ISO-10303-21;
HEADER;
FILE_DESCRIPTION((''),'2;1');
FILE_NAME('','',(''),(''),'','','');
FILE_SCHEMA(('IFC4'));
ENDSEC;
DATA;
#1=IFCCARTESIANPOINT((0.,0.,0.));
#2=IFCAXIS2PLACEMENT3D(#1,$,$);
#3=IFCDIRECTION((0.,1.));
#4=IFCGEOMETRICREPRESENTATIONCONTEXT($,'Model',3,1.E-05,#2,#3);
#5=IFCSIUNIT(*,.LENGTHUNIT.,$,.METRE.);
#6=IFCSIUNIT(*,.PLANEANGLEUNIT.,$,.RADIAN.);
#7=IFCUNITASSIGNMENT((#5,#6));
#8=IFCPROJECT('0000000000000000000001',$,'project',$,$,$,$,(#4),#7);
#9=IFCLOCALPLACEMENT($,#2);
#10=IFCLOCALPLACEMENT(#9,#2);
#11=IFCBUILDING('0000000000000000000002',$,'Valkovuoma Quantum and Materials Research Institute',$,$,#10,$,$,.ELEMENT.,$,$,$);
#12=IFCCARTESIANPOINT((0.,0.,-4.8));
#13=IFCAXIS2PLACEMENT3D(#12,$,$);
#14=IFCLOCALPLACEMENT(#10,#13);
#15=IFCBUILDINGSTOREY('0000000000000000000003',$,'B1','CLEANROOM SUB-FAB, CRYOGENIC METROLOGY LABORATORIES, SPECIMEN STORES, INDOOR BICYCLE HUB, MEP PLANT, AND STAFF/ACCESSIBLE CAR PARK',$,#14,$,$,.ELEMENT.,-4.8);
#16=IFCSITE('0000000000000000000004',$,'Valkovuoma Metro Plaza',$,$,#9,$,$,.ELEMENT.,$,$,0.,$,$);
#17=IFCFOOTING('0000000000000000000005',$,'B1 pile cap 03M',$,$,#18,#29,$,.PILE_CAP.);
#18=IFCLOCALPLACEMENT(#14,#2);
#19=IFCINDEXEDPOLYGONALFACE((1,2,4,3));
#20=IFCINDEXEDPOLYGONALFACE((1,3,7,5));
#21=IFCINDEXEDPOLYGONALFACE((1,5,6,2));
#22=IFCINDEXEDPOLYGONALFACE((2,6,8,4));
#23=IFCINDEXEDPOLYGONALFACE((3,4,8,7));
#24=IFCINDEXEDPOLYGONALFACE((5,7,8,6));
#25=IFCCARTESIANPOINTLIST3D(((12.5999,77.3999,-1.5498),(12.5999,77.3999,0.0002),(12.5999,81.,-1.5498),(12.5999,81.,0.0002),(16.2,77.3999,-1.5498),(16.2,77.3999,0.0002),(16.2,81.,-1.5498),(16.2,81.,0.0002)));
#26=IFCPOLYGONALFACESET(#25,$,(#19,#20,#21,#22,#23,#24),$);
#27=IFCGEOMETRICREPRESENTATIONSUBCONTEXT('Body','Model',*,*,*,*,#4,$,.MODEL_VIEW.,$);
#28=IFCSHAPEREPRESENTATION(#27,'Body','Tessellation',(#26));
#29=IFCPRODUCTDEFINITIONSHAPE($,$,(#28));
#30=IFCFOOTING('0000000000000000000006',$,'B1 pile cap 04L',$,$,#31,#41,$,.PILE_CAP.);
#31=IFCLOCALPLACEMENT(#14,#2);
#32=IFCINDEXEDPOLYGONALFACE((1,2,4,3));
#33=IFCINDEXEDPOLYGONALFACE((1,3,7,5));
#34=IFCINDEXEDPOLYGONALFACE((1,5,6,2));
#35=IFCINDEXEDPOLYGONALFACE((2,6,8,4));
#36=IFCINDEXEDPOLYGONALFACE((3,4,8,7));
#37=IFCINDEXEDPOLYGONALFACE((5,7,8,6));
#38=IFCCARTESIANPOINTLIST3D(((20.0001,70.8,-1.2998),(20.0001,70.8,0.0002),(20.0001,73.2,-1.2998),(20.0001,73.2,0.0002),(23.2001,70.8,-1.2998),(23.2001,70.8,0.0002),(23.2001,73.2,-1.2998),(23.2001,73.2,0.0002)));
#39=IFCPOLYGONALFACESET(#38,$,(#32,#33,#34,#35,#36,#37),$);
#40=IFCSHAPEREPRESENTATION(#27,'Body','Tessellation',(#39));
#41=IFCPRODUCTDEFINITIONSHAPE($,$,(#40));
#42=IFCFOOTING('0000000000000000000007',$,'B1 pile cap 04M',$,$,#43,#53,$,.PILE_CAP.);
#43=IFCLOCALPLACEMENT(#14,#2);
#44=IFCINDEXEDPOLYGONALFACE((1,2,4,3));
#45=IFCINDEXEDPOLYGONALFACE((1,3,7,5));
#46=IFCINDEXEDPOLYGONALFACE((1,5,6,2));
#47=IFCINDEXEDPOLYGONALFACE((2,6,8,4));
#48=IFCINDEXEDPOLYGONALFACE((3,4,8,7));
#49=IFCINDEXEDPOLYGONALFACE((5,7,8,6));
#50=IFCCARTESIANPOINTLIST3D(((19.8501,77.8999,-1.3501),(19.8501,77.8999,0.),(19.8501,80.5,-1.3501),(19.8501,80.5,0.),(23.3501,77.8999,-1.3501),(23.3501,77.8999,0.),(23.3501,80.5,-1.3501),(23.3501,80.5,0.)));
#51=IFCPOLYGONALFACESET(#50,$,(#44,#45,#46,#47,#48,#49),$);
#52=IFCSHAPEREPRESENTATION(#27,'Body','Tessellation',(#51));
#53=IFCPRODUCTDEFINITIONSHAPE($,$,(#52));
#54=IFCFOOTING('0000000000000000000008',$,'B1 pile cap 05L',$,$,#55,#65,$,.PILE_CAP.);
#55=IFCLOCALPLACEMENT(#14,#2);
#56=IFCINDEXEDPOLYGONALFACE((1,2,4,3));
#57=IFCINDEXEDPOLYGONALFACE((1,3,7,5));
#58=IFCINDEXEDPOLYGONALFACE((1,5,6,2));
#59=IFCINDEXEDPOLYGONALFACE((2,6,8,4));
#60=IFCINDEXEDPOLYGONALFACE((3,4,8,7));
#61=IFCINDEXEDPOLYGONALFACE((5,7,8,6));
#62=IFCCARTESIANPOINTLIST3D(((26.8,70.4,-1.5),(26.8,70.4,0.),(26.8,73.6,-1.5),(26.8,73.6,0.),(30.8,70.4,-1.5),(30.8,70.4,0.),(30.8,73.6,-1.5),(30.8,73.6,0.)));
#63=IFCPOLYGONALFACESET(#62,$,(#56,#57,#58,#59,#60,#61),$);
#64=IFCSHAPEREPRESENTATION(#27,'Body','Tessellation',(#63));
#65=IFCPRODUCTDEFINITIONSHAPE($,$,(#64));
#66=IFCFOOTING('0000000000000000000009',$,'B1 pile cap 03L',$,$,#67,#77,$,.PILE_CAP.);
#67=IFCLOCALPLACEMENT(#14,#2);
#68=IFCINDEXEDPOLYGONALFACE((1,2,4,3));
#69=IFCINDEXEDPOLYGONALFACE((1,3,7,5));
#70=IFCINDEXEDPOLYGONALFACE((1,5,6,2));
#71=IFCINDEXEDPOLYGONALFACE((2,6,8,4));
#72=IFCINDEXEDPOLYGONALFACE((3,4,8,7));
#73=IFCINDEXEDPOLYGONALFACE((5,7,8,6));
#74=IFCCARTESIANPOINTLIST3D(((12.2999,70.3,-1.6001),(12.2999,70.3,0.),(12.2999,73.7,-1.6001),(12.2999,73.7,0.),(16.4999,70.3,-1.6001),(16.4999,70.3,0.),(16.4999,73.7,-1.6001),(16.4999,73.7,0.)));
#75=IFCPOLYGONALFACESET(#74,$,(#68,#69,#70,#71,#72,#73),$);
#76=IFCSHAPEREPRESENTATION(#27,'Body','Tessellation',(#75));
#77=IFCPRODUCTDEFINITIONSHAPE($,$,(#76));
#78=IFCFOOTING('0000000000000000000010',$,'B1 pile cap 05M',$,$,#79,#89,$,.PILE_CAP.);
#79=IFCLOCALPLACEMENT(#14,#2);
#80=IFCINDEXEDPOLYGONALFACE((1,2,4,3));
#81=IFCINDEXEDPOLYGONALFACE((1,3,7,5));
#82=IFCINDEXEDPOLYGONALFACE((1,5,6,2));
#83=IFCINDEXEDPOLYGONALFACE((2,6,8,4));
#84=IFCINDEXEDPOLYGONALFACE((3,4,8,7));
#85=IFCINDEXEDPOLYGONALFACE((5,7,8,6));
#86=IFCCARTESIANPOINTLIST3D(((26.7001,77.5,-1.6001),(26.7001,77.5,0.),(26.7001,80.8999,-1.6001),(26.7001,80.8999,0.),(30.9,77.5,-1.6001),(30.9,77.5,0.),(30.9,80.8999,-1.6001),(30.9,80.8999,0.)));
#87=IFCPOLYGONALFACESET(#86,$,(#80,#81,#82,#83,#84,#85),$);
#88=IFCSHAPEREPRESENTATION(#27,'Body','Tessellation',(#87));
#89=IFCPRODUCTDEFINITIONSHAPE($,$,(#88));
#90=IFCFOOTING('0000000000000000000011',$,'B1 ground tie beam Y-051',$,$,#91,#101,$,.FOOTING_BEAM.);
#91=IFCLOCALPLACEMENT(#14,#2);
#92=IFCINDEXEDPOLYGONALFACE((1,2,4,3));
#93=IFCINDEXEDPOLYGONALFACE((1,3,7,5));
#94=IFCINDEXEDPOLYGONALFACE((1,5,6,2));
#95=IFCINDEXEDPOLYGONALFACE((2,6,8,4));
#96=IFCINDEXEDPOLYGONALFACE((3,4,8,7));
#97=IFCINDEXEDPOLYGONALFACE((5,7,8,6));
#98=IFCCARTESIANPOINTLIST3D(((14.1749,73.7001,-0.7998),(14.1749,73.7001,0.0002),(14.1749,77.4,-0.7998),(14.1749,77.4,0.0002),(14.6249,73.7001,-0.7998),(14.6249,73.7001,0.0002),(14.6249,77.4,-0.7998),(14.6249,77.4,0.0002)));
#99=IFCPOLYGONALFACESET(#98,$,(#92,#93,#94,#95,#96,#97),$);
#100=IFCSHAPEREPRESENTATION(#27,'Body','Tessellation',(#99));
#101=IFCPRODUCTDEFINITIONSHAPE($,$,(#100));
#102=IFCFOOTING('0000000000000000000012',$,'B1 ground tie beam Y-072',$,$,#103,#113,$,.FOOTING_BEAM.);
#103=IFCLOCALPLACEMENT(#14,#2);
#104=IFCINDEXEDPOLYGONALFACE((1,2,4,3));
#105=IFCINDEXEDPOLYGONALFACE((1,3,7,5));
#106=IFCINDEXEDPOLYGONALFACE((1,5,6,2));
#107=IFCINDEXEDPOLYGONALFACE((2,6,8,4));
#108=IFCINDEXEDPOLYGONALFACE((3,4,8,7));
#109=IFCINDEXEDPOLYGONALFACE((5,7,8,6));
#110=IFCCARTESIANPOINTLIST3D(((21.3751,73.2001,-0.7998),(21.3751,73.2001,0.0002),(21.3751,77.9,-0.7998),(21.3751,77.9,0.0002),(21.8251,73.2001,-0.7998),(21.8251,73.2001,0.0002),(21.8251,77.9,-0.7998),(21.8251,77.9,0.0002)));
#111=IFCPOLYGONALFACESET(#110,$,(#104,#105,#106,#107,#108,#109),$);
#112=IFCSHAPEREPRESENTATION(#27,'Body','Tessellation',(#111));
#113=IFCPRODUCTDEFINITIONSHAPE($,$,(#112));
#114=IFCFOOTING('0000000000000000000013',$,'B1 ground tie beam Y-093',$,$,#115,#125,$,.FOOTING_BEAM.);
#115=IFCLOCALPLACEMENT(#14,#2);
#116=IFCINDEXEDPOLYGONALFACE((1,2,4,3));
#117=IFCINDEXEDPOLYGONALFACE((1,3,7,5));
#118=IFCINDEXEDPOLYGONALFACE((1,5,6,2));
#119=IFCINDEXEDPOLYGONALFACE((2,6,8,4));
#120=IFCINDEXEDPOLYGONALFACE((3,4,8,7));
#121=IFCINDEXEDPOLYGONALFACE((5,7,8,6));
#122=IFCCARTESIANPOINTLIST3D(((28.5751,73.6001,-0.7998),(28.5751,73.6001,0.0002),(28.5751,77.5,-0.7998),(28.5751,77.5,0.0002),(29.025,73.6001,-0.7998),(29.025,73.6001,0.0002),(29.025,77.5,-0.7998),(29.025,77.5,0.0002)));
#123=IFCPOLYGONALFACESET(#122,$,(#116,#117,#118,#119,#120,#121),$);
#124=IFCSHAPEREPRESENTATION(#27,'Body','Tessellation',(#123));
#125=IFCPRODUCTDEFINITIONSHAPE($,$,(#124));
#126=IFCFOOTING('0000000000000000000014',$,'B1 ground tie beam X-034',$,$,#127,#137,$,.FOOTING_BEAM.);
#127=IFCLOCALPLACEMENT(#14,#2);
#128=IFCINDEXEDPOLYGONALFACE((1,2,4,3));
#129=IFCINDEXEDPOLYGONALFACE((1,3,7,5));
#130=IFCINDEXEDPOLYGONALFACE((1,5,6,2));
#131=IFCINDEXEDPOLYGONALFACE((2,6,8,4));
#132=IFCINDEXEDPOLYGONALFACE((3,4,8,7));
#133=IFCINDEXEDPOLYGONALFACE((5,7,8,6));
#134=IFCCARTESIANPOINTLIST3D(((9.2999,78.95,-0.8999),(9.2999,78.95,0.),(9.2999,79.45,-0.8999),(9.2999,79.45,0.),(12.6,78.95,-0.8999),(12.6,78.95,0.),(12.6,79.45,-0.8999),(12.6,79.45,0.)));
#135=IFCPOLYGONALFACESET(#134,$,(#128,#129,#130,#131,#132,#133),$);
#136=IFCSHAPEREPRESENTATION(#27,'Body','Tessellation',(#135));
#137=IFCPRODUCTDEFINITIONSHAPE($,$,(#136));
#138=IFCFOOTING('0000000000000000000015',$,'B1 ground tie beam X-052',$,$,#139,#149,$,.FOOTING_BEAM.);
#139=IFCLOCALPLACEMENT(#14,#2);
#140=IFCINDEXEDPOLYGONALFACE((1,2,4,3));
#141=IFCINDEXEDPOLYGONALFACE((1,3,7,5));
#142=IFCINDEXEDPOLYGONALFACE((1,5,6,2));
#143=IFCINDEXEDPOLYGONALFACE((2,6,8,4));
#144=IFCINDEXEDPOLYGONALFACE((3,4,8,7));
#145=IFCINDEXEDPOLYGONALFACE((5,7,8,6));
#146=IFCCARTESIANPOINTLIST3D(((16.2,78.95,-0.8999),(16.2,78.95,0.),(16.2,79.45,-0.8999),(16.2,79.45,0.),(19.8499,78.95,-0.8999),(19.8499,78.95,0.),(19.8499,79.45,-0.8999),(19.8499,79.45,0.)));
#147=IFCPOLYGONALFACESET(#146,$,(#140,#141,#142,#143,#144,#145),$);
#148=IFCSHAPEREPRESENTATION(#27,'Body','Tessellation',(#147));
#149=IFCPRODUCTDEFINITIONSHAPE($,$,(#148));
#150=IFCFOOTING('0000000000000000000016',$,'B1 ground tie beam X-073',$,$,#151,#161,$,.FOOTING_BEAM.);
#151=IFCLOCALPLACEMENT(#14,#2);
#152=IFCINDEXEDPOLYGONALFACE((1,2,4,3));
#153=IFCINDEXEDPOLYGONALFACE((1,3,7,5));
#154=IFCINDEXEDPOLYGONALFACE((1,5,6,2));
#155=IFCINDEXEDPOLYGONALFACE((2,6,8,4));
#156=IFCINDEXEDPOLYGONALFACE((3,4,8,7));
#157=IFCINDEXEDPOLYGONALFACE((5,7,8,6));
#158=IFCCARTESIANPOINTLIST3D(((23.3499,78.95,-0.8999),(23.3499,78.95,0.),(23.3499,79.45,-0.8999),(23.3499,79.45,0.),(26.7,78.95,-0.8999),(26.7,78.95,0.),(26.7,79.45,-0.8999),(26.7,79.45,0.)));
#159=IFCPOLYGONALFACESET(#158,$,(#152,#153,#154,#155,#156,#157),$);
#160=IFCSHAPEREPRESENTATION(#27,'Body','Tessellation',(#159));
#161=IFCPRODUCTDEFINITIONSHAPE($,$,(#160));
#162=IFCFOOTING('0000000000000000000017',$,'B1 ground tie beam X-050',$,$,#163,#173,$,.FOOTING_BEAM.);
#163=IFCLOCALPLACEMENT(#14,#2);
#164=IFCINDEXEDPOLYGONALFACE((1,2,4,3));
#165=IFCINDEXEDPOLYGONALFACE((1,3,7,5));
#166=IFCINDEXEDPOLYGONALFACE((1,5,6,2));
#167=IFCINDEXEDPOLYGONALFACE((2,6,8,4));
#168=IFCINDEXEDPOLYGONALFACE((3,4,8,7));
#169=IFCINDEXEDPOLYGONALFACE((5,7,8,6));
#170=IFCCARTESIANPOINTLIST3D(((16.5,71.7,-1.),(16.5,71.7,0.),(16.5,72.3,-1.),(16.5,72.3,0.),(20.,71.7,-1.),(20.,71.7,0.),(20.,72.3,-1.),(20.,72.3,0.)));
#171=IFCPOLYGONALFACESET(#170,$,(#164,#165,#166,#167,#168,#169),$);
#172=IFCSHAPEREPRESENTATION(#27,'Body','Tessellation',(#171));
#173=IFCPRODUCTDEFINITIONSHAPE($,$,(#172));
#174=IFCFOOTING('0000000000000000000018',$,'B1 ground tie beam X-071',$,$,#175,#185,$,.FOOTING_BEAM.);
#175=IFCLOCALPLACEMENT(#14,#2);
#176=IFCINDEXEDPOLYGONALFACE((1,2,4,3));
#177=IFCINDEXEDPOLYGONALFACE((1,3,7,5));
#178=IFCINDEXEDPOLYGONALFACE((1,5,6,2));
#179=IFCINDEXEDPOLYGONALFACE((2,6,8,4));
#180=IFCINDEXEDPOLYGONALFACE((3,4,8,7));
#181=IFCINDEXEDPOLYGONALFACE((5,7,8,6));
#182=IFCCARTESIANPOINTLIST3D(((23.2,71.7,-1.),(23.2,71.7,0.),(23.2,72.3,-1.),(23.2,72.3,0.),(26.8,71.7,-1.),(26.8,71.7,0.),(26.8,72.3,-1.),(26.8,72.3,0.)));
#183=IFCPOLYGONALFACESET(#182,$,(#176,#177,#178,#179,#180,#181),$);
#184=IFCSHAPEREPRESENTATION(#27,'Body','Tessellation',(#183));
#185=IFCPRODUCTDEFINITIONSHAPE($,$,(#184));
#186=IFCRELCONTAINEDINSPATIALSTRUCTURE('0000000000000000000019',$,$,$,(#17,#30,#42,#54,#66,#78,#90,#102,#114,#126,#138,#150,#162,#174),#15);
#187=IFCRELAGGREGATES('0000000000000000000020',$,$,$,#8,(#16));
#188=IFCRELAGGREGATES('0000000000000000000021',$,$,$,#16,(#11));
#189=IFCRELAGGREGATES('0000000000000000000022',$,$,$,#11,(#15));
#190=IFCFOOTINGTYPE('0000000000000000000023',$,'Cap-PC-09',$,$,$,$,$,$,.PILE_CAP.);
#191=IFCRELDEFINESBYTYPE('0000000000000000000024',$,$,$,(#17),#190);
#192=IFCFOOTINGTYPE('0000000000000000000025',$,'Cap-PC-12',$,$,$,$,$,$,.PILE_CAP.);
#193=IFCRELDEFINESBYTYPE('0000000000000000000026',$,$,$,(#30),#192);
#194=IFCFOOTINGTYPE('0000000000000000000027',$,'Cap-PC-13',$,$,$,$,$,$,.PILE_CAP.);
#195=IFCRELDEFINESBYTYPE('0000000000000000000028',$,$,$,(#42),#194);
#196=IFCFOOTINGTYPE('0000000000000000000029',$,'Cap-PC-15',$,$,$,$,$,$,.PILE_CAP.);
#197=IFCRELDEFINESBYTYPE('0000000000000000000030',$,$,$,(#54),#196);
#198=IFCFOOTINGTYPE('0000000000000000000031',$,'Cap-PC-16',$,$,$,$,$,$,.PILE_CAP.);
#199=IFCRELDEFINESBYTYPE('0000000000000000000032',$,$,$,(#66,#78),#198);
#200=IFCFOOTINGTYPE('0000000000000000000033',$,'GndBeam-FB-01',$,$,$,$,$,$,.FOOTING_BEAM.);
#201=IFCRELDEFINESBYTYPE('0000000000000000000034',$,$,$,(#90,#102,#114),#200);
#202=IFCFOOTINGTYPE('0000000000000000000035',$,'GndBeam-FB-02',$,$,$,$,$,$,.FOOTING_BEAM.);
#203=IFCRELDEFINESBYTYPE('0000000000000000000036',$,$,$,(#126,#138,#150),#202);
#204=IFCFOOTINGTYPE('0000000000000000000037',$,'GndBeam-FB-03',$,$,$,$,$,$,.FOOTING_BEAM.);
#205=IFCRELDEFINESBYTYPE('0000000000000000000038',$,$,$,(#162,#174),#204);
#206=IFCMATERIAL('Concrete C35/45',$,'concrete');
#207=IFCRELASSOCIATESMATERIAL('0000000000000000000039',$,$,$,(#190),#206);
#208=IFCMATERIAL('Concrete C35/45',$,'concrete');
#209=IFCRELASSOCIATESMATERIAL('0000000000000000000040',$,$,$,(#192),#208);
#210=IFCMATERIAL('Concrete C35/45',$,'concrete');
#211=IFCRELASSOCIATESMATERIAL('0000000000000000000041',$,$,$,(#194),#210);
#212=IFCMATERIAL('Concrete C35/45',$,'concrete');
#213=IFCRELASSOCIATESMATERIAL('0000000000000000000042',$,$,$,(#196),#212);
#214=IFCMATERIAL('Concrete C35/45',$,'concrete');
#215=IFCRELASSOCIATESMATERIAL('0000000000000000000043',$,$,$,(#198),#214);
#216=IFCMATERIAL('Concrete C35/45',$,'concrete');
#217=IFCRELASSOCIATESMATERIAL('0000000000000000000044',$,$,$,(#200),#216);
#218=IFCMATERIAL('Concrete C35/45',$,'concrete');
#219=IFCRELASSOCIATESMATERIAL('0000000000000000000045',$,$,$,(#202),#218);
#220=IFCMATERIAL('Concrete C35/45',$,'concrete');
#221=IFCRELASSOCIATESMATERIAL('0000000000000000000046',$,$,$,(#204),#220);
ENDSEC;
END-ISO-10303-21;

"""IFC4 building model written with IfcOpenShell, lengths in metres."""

from ifc_helpers import new_model, si_unit, direction, frame, origin, origin_2d, place, context, subcontext, project, spatial, rectangle, extrude, material, type_object, element, save


model = new_model("IFC4")

# Units and contexts
model_context = context("Model", 3, precision=1e-05, world=origin(), true_north=direction((0.0, 1.0)))
body_context = subcontext(model_context, "Body", "Model", "MODEL_VIEW")
ifc_project = project(units=[si_unit("LENGTHUNIT", "METRE"), si_unit("PLANEANGLEUNIT", "RADIAN")], contexts=[model_context])

# Site, building, storey
site_placement = place(None, origin())
site = spatial("IfcSite", under=ifc_project, at=site_placement, Name="Valkovuoma Metro Plaza", CompositionType="ELEMENT", RefElevation=0.0)
building_placement = place(site_placement, origin())
building = spatial("IfcBuilding", under=site, at=building_placement, Name="Valkovuoma Quantum and Materials Research Institute", CompositionType="ELEMENT")
storey_placement = place(building_placement, frame((0.0, 0.0, -4.8)))
storey = spatial("IfcBuildingStorey", under=building, at=storey_placement, Name="B1", Description="CLEANROOM SUB-FAB, CRYOGENIC METROLOGY LABORATORIES, SPECIMEN STORES, INDOOR BICYCLE HUB, MEP PLANT, AND STAFF/ACCESSIBLE CAR PARK", CompositionType="ELEMENT", Elevation=-4.8)

# Footings
ifc_material_1 = material(Name="Concrete C35/45", Category="concrete")
footing_type_1 = type_object("IfcFootingType", Name="Cap-PC-09", PredefinedType="PILE_CAP", material=ifc_material_1)
footing_1_placement = place(storey_placement, frame((14.3999, 79.2, -1.5498), z_axis=(0.0, 0.0, 1.0), x_axis=(1.0, 0.0, 0.0)))
element("IfcFooting", 1, at=footing_1_placement, inside=storey, type_object=footing_type_1, Name="B1 pile cap 03M", PredefinedType="PILE_CAP", context=body_context, shape_type="SweptSolid", body=[
    extrude(rectangle(XDim=3.6001, YDim=3.6001, at=origin_2d()), origin(), (0.0, 0.0, 1.0), 1.55),
])
ifc_material_2 = material(Name="Concrete C35/45", Category="concrete")
footing_type_2 = type_object("IfcFootingType", Name="Cap-PC-12", PredefinedType="PILE_CAP", material=ifc_material_2)
footing_2_placement = place(storey_placement, frame((21.6001, 72.0, -1.2998), z_axis=(0.0, 0.0, 1.0), x_axis=(1.0, 0.0, 0.0)))
element("IfcFooting", 2, at=footing_2_placement, inside=storey, type_object=footing_type_2, Name="B1 pile cap 04L", PredefinedType="PILE_CAP", context=body_context, shape_type="SweptSolid", body=[
    extrude(rectangle(XDim=3.2, YDim=2.3999, at=origin_2d()), origin(), (0.0, 0.0, 1.0), 1.3),
])
ifc_material_3 = material(Name="Concrete C35/45", Category="concrete")
footing_type_3 = type_object("IfcFootingType", Name="Cap-PC-13", PredefinedType="PILE_CAP", material=ifc_material_3)
footing_3_placement = place(storey_placement, frame((21.6001, 79.2, -1.3501), z_axis=(0.0, 0.0, 1.0), x_axis=(1.0, 0.0, 0.0)))
element("IfcFooting", 3, at=footing_3_placement, inside=storey, type_object=footing_type_3, Name="B1 pile cap 04M", PredefinedType="PILE_CAP", context=body_context, shape_type="SweptSolid", body=[
    extrude(rectangle(XDim=3.5, YDim=2.6001, at=origin_2d()), origin(), (0.0, 0.0, 1.0), 1.3501),
])
ifc_material_4 = material(Name="Concrete C35/45", Category="concrete")
footing_type_4 = type_object("IfcFootingType", Name="Cap-PC-15", PredefinedType="PILE_CAP", material=ifc_material_4)
footing_4_placement = place(storey_placement, frame((28.8, 72.0, -1.5), z_axis=(0.0, 0.0, 1.0), x_axis=(1.0, 0.0, 0.0)))
element("IfcFooting", 4, at=footing_4_placement, inside=storey, type_object=footing_type_4, Name="B1 pile cap 05L", PredefinedType="PILE_CAP", context=body_context, shape_type="SweptSolid", body=[
    extrude(rectangle(XDim=4.0, YDim=3.2, at=origin_2d()), origin(), (0.0, 0.0, 1.0), 1.5),
])
ifc_material_5 = material(Name="Concrete C35/45", Category="concrete")
footing_type_5 = type_object("IfcFootingType", Name="Cap-PC-16", PredefinedType="PILE_CAP", material=ifc_material_5)
for number, where, z_axis, x_axis, name in (
    (5, (14.3999, 72.0, -1.6001), (0.0, 0.0, 1.0), (1.0, 0.0, 0.0), "B1 pile cap 03L"),
    (6, (28.8, 79.2, -1.6001), (0.0, 0.0, 1.0), (1.0, 0.0, 0.0), "B1 pile cap 05M"),
):
    element("IfcFooting", number, at=place(storey_placement, frame(where, z_axis=z_axis, x_axis=x_axis)), inside=storey, type_object=footing_type_5, Name=name, PredefinedType="PILE_CAP", context=body_context, shape_type="SweptSolid", body=[
        extrude(rectangle(XDim=4.2, YDim=3.3999, at=origin_2d()), origin(), (0.0, 0.0, 1.0), 1.6001),
    ])
ifc_material_6 = material(Name="Concrete C35/45", Category="concrete")
footing_type_6 = type_object("IfcFootingType", Name="GndBeam-FB-01", PredefinedType="FOOTING_BEAM", material=ifc_material_6)
footing_5_placement = place(storey_placement, frame((14.3999, 75.55, -0.7998), z_axis=(0.0, 0.0, 1.0), x_axis=(0.0, 1.0, 0.0)))
element("IfcFooting", 7, at=footing_5_placement, inside=storey, type_object=footing_type_6, Name="B1 ground tie beam Y-051", PredefinedType="FOOTING_BEAM", context=body_context, shape_type="SweptSolid", body=[
    extrude(rectangle(XDim=3.7, YDim=0.45, at=origin_2d()), origin(), (0.0, 0.0, 1.0), 0.8),
])
footing_6_placement = place(storey_placement, frame((21.6001, 75.55, -0.7998), z_axis=(0.0, 0.0, 1.0), x_axis=(0.0, 1.0, 0.0)))
element("IfcFooting", 8, at=footing_6_placement, inside=storey, type_object=footing_type_6, Name="B1 ground tie beam Y-072", PredefinedType="FOOTING_BEAM", context=body_context, shape_type="SweptSolid", body=[
    extrude(rectangle(XDim=4.7, YDim=0.45, at=origin_2d()), origin(), (0.0, 0.0, 1.0), 0.8),
])
footing_7_placement = place(storey_placement, frame((28.8, 75.55, -0.7998), z_axis=(0.0, 0.0, 1.0), x_axis=(0.0, 1.0, 0.0)))
element("IfcFooting", 9, at=footing_7_placement, inside=storey, type_object=footing_type_6, Name="B1 ground tie beam Y-093", PredefinedType="FOOTING_BEAM", context=body_context, shape_type="SweptSolid", body=[
    extrude(rectangle(XDim=3.8999, YDim=0.45, at=origin_2d()), origin(), (0.0, 0.0, 1.0), 0.8),
])
ifc_material_7 = material(Name="Concrete C35/45", Category="concrete")
footing_type_7 = type_object("IfcFootingType", Name="GndBeam-FB-02", PredefinedType="FOOTING_BEAM", material=ifc_material_7)
footing_8_placement = place(storey_placement, frame((10.95, 79.2, -0.8999), z_axis=(0.0, 0.0, 1.0), x_axis=(1.0, 0.0, 0.0)))
element("IfcFooting", 10, at=footing_8_placement, inside=storey, type_object=footing_type_7, Name="B1 ground tie beam X-034", PredefinedType="FOOTING_BEAM", context=body_context, shape_type="SweptSolid", body=[
    extrude(rectangle(XDim=3.3, YDim=0.5, at=origin_2d()), origin(), (0.0, 0.0, 1.0), 0.8999),
])
footing_9_placement = place(storey_placement, frame((18.0249, 79.2, -0.8999), z_axis=(0.0, 0.0, 1.0), x_axis=(1.0, 0.0, 0.0)))
element("IfcFooting", 11, at=footing_9_placement, inside=storey, type_object=footing_type_7, Name="B1 ground tie beam X-052", PredefinedType="FOOTING_BEAM", context=body_context, shape_type="SweptSolid", body=[
    extrude(rectangle(XDim=3.6499, YDim=0.5, at=origin_2d()), origin(), (0.0, 0.0, 1.0), 0.8999),
])
footing_10_placement = place(storey_placement, frame((25.0249, 79.2, -0.8999), z_axis=(0.0, 0.0, 1.0), x_axis=(1.0, 0.0, 0.0)))
element("IfcFooting", 12, at=footing_10_placement, inside=storey, type_object=footing_type_7, Name="B1 ground tie beam X-073", PredefinedType="FOOTING_BEAM", context=body_context, shape_type="SweptSolid", body=[
    extrude(rectangle(XDim=3.3501, YDim=0.5, at=origin_2d()), origin(), (0.0, 0.0, 1.0), 0.8999),
])
ifc_material_8 = material(Name="Concrete C35/45", Category="concrete")
footing_type_8 = type_object("IfcFootingType", Name="GndBeam-FB-03", PredefinedType="FOOTING_BEAM", material=ifc_material_8)
footing_11_placement = place(storey_placement, frame((18.25, 72.0, -1.0), z_axis=(0.0, 0.0, 1.0), x_axis=(1.0, 0.0, 0.0)))
element("IfcFooting", 13, at=footing_11_placement, inside=storey, type_object=footing_type_8, Name="B1 ground tie beam X-050", PredefinedType="FOOTING_BEAM", context=body_context, shape_type="SweptSolid", body=[
    extrude(rectangle(XDim=3.5, YDim=0.6001, at=origin_2d()), origin(), (0.0, 0.0, 1.0), 1.0),
])
footing_12_placement = place(storey_placement, frame((25.0, 72.0, -1.0), z_axis=(0.0, 0.0, 1.0), x_axis=(1.0, 0.0, 0.0)))
element("IfcFooting", 14, at=footing_12_placement, inside=storey, type_object=footing_type_8, Name="B1 ground tie beam X-071", PredefinedType="FOOTING_BEAM", context=body_context, shape_type="SweptSolid", body=[
    extrude(rectangle(XDim=3.6001, YDim=0.6001, at=origin_2d()), origin(), (0.0, 0.0, 1.0), 1.0),
])

save(model, "model.ifc")
